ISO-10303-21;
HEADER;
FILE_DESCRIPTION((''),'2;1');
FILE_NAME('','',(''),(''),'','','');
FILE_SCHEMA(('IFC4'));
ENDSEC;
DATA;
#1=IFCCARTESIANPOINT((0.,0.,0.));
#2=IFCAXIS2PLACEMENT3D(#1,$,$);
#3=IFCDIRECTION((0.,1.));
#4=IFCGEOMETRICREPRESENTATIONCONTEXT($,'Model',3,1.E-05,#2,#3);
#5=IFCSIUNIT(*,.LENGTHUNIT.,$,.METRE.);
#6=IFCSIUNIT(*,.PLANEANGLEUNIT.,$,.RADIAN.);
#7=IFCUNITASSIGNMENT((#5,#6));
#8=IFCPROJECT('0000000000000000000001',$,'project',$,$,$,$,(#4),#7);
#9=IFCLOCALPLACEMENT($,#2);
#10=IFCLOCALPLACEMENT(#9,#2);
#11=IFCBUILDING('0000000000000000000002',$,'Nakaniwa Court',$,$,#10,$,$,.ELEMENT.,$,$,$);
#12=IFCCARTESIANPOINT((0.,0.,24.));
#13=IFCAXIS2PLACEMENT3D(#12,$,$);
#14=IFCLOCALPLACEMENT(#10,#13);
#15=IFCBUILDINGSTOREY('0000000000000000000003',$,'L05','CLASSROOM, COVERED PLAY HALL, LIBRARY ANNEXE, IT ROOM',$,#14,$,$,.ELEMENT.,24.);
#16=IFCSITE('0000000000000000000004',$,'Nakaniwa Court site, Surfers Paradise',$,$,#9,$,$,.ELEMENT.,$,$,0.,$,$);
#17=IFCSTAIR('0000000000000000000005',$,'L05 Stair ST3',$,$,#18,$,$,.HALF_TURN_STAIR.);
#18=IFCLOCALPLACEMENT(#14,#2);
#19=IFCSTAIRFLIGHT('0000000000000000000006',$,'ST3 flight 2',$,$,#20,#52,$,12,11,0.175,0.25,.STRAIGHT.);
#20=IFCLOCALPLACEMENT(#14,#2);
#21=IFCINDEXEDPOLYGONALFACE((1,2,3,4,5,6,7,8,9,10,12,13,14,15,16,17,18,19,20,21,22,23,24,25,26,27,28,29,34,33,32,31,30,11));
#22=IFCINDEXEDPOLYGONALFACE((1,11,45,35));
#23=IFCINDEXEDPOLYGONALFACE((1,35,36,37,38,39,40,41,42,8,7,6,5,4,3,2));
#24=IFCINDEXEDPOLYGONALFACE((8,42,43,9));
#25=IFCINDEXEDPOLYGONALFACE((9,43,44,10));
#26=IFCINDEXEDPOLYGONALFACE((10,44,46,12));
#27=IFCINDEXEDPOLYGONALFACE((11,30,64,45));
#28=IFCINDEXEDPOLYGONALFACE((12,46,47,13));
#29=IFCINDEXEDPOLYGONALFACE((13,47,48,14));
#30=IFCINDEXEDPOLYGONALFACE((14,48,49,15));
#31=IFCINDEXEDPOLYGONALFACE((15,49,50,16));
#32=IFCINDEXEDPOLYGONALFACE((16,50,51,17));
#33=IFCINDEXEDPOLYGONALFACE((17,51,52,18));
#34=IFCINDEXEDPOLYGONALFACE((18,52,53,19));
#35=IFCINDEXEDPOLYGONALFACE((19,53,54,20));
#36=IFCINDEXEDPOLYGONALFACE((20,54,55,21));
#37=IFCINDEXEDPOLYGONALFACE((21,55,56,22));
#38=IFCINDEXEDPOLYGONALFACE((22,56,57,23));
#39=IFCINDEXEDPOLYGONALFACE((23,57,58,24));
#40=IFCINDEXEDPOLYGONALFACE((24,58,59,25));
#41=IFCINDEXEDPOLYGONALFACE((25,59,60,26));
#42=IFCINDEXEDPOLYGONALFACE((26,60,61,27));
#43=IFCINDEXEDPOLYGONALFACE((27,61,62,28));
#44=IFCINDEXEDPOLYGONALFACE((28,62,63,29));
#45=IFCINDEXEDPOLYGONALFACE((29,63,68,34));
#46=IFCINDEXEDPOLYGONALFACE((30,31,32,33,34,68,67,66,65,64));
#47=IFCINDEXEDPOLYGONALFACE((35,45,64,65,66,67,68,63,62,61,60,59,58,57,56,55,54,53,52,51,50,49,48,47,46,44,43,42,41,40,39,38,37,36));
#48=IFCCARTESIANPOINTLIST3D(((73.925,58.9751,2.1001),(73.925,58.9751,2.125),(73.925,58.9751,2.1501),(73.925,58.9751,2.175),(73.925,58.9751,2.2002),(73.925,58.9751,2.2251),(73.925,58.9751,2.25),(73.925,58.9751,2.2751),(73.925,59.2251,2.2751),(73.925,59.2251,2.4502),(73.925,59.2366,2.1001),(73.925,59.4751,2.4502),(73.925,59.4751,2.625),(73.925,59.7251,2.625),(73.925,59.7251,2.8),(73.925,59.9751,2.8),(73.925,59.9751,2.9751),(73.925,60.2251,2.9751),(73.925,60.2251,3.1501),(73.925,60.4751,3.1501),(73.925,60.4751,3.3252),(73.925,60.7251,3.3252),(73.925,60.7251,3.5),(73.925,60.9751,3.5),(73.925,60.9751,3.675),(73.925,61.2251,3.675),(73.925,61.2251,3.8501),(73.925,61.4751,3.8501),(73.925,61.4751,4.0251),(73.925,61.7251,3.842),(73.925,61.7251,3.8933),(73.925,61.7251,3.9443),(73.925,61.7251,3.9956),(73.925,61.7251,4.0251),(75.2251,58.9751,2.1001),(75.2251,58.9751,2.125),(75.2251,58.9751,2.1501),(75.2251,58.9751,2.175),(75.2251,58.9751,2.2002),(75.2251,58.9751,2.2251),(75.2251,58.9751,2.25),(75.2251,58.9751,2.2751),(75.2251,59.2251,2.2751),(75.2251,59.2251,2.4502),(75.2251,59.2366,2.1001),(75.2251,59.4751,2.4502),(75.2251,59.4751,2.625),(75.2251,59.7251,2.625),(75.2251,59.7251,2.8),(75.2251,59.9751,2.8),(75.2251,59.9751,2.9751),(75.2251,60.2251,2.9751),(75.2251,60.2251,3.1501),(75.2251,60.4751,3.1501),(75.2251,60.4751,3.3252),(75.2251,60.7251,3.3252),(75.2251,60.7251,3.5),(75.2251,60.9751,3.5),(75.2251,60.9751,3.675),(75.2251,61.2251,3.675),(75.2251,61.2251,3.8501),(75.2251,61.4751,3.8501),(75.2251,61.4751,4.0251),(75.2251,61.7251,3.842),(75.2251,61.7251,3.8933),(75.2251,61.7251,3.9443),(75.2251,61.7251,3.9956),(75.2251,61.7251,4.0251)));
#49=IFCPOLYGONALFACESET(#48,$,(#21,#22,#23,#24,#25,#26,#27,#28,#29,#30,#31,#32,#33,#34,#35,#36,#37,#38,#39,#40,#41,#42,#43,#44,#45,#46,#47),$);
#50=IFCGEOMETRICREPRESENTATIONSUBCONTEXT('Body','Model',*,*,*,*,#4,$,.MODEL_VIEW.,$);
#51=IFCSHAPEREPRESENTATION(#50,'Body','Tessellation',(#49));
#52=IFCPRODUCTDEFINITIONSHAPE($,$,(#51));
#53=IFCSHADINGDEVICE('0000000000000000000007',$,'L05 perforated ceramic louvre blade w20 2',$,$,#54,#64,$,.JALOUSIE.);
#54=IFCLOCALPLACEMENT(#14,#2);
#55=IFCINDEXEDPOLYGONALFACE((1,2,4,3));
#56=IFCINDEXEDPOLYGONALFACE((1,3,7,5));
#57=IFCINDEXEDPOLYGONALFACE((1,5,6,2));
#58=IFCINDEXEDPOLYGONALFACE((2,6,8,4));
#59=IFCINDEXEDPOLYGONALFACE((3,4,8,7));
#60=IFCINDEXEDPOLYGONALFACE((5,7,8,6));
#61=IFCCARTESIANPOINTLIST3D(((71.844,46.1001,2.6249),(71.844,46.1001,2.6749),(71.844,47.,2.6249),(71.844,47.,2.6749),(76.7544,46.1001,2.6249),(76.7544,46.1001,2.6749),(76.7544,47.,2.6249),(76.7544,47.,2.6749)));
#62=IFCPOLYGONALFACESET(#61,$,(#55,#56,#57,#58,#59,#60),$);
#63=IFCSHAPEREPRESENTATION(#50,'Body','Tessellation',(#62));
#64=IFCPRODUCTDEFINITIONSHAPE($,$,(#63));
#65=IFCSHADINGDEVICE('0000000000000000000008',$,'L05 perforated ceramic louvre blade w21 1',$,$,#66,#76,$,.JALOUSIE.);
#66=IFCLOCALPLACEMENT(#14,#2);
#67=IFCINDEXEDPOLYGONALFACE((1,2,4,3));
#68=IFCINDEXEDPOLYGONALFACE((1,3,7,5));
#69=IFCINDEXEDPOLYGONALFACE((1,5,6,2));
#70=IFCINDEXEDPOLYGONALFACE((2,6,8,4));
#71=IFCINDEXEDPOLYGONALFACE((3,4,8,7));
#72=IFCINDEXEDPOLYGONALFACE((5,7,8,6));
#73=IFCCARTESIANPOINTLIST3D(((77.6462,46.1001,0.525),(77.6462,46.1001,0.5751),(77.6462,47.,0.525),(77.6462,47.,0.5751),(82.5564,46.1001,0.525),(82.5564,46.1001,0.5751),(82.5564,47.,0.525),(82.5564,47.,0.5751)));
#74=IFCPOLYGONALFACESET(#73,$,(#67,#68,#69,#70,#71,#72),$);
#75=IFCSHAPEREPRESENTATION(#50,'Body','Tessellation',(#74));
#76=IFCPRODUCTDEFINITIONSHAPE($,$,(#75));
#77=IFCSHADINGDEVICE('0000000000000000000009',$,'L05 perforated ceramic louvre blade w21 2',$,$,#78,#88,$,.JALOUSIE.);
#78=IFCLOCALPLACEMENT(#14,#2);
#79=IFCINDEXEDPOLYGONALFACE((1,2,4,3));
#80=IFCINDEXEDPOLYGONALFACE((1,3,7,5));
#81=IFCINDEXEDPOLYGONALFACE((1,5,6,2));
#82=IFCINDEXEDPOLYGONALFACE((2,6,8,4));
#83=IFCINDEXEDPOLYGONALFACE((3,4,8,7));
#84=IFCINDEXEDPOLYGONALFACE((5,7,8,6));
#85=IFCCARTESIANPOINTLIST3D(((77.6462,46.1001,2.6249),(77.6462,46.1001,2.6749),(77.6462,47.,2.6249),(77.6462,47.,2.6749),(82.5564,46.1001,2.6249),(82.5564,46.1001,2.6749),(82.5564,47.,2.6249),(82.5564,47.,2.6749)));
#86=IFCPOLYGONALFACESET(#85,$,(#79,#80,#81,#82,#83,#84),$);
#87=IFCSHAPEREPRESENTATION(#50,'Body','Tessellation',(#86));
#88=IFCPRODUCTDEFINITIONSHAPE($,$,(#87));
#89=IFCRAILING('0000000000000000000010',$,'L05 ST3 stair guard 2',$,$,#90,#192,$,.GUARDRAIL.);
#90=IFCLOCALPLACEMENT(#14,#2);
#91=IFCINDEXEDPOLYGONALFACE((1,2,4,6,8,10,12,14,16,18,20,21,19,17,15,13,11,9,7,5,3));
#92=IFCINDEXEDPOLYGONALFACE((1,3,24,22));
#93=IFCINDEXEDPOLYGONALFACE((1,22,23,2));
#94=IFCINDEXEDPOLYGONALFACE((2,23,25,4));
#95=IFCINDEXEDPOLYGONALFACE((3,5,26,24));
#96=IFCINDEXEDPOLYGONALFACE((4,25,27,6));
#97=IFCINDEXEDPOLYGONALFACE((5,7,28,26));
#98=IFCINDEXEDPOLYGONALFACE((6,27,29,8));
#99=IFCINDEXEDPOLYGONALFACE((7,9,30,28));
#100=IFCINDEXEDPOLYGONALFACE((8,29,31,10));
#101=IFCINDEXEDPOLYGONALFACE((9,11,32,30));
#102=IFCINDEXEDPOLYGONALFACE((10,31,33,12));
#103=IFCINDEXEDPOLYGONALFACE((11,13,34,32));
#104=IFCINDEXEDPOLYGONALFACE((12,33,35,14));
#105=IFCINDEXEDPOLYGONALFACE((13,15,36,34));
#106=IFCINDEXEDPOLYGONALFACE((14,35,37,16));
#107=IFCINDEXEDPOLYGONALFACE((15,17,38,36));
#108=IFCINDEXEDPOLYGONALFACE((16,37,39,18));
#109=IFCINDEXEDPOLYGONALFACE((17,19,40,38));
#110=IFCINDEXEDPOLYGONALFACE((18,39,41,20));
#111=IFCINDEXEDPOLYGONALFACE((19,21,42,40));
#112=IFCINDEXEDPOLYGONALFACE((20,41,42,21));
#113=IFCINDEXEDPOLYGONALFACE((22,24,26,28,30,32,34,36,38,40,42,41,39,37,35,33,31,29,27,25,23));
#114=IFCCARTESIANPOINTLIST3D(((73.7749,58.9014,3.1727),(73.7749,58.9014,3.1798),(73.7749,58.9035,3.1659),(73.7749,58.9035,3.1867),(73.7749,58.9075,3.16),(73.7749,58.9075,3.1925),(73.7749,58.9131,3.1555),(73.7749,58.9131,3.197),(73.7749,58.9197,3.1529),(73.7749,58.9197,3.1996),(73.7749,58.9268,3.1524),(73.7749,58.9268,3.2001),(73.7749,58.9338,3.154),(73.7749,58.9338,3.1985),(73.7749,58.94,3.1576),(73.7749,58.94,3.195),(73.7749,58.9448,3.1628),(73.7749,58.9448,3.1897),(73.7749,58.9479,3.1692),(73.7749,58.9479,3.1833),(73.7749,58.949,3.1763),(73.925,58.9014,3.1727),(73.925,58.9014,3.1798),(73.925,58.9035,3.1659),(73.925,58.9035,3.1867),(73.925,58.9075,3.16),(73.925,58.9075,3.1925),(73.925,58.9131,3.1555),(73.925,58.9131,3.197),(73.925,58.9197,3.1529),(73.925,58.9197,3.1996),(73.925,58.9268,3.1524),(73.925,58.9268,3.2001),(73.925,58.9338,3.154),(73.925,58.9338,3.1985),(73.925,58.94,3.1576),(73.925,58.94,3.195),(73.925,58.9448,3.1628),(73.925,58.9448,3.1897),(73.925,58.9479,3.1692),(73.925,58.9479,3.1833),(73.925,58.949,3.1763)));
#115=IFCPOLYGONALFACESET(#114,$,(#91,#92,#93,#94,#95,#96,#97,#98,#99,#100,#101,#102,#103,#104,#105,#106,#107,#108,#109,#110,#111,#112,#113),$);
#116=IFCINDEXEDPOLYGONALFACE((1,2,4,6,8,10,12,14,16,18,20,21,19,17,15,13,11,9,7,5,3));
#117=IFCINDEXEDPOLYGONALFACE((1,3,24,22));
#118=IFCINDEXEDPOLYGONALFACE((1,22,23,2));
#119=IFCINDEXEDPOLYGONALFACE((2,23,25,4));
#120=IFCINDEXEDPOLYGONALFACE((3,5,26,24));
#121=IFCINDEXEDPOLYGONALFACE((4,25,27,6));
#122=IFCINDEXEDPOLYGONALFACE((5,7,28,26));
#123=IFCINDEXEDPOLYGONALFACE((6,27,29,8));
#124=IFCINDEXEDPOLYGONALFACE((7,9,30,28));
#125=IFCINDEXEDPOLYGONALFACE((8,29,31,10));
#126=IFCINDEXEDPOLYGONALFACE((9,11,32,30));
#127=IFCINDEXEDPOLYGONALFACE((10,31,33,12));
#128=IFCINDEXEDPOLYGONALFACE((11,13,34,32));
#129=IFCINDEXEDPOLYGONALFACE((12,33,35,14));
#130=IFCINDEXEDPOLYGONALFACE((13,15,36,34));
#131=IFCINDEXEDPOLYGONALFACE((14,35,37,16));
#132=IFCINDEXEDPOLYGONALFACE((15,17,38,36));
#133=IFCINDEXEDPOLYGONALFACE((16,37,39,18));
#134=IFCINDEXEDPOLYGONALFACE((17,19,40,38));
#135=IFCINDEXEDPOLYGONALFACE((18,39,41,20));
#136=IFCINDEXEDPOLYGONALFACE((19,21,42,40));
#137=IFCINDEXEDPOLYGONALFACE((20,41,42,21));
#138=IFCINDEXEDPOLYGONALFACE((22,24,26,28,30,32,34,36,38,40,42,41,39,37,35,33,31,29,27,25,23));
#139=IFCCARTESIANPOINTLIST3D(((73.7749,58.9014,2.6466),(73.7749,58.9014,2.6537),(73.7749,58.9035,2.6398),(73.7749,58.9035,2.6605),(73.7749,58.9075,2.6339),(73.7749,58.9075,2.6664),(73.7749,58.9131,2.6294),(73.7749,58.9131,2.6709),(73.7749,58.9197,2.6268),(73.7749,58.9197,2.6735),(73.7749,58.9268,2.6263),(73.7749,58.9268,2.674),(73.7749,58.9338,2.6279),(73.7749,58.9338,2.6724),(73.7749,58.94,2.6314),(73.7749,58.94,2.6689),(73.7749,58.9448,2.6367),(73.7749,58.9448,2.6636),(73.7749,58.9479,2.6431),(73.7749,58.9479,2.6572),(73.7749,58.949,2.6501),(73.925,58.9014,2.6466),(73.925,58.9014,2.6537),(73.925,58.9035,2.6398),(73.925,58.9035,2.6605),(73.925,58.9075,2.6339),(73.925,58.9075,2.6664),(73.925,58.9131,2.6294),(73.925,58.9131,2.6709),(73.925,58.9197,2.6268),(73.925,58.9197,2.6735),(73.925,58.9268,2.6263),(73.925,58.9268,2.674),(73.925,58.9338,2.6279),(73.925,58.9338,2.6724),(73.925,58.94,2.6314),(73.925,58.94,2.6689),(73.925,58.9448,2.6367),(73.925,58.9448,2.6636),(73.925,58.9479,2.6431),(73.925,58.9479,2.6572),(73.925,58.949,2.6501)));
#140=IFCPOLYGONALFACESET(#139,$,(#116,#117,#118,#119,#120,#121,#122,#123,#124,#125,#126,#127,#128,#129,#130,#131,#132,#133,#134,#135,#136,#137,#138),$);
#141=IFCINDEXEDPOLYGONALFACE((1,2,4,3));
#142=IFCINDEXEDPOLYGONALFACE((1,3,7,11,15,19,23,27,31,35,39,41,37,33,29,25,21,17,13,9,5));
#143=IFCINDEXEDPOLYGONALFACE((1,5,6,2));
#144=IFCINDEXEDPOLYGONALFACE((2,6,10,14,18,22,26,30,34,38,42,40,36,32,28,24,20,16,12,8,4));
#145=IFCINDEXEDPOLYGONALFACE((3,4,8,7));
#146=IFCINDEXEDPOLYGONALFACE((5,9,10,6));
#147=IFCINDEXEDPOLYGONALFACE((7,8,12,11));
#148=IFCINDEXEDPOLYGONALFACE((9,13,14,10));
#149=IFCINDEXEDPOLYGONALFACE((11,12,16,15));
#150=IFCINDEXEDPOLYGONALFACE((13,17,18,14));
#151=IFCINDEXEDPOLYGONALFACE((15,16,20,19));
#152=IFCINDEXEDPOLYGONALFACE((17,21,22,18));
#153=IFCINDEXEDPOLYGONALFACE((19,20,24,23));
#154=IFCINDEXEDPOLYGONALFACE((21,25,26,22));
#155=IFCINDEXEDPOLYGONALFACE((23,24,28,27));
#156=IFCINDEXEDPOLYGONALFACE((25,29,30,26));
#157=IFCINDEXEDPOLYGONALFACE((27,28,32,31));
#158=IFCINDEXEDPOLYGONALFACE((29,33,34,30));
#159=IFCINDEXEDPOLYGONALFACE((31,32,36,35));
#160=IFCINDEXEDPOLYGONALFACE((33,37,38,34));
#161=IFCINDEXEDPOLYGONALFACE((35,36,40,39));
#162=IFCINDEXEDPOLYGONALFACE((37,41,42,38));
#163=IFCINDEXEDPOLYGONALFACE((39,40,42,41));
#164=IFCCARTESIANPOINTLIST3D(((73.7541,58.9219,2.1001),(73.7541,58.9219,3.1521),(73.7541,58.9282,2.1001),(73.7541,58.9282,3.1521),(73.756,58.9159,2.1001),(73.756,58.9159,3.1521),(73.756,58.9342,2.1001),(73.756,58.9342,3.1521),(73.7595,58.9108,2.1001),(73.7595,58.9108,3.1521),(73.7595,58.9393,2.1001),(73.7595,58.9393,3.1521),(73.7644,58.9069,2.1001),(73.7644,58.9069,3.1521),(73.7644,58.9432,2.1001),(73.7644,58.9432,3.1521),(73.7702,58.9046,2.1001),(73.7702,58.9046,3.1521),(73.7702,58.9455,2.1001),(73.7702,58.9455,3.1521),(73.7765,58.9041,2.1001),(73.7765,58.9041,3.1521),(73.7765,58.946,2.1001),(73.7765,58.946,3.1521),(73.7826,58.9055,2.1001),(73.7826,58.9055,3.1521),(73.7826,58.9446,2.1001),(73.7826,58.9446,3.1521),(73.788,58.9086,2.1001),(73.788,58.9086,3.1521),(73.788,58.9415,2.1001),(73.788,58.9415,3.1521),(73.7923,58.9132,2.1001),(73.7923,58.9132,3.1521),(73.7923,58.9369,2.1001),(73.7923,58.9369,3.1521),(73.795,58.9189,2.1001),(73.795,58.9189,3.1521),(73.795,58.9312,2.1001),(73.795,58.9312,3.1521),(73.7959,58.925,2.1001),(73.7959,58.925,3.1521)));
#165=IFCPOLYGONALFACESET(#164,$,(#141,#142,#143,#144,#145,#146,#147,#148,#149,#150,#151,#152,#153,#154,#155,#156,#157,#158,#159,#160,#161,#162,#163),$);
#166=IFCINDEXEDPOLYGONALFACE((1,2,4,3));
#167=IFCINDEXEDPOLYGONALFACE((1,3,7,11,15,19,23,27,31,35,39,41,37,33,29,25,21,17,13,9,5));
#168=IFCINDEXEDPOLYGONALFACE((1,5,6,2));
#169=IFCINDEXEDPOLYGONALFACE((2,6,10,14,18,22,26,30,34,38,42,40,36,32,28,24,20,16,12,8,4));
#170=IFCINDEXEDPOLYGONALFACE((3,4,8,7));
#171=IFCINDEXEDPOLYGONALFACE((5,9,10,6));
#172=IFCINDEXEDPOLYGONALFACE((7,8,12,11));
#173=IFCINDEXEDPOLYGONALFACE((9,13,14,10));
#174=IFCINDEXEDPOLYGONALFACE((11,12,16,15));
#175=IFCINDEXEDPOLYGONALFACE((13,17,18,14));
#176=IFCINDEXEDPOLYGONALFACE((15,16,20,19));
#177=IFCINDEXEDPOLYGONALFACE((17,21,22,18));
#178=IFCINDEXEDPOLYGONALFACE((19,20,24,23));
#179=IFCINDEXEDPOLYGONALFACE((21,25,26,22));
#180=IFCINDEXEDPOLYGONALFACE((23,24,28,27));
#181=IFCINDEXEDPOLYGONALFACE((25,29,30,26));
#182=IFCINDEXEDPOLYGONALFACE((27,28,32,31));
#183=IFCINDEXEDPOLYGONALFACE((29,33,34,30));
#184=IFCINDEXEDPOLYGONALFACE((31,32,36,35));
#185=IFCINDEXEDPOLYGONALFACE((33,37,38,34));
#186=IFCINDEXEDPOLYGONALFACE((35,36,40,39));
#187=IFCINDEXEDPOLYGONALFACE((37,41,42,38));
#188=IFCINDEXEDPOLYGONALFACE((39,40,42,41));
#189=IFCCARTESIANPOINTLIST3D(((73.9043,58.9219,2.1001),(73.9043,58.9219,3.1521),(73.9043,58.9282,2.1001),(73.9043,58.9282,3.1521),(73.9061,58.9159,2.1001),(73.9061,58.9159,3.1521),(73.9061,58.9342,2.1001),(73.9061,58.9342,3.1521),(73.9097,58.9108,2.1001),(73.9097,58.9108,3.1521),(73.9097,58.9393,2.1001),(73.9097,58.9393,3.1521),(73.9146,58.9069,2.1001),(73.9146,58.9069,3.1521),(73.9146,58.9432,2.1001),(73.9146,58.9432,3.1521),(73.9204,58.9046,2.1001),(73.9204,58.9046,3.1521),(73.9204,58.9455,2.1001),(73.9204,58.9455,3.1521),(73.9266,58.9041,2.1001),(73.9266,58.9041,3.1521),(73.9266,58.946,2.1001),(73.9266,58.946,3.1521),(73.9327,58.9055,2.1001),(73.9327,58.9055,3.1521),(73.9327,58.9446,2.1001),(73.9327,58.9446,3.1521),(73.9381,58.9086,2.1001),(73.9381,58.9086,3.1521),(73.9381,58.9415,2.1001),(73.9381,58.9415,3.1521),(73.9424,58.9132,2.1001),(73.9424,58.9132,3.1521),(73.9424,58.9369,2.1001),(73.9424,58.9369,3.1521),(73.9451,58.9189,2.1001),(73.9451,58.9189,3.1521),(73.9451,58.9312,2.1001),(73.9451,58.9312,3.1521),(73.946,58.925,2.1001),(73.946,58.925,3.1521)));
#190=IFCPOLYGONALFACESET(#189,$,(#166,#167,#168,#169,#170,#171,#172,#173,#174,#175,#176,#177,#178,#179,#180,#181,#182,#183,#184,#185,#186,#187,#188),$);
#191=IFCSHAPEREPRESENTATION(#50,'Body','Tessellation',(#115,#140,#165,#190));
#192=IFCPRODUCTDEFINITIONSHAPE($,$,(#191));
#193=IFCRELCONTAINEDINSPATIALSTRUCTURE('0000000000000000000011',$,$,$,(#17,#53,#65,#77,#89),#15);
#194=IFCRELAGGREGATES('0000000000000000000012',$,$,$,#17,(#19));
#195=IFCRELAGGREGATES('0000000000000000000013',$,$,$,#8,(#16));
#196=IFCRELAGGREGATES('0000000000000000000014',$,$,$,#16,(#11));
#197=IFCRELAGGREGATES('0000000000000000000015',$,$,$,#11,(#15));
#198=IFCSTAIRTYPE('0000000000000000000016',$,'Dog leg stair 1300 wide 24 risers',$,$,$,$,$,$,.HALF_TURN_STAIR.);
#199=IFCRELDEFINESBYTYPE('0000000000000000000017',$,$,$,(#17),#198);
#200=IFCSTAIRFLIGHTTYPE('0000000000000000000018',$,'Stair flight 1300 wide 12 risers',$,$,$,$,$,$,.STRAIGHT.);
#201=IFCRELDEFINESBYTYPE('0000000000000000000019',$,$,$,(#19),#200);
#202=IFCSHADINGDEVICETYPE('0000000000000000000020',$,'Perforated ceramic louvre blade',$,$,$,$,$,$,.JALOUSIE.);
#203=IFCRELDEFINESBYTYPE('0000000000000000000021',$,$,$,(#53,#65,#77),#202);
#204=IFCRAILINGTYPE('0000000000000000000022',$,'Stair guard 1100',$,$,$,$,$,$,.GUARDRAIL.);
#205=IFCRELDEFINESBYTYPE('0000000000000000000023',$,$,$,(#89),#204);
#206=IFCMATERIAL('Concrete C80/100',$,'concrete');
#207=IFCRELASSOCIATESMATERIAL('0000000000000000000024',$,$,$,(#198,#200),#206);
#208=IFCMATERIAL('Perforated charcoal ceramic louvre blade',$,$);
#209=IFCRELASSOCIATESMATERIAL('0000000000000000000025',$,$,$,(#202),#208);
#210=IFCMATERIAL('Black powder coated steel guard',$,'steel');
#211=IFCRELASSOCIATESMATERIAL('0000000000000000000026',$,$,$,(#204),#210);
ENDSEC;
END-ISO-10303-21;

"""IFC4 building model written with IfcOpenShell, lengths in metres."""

from ifc_helpers import new_model, si_unit, direction, frame, origin, origin_2d, place, context, subcontext, project, spatial, polyline, rectangle, circle, outline, extrude, material, material_profile, profile_set, type_object, element, aggregate, save


model = new_model("IFC4")

# Units and contexts
model_context = context("Model", 3, precision=1e-05, world=origin(), true_north=direction((0.0, 1.0)))
body_context = subcontext(model_context, "Body", "Model", "MODEL_VIEW")
ifc_project = project(units=[si_unit("LENGTHUNIT", "METRE"), si_unit("PLANEANGLEUNIT", "RADIAN")], contexts=[model_context])

# Site, building, storey
site_placement = place(None, origin())
site = spatial("IfcSite", under=ifc_project, at=site_placement, Name="Nakaniwa Court site, Surfers Paradise", CompositionType="ELEMENT", RefElevation=0.0)
building_placement = place(site_placement, origin())
building = spatial("IfcBuilding", under=site, at=building_placement, Name="Nakaniwa Court", CompositionType="ELEMENT")
storey_placement = place(building_placement, frame((0.0, 0.0, 24.0)))
storey = spatial("IfcBuildingStorey", under=building, at=storey_placement, Name="L05", Description="CLASSROOM, COVERED PLAY HALL, LIBRARY ANNEXE, IT ROOM", CompositionType="ELEMENT", Elevation=24.0)

# Shared definitions
ifc_material_1 = material(Name="Concrete C80/100", Category="concrete")

# Stair, stair flight
stair_type = type_object("IfcStairType", Name="Dog leg stair 1300 wide 24 risers", PredefinedType="HALF_TURN_STAIR", material=ifc_material_1)
stair_placement = place(storey_placement, origin())
stair = element("IfcStair", 1, at=stair_placement, inside=storey, type_object=stair_type, Name="L05 Stair ST3", PredefinedType="HALF_TURN_STAIR")
stair_flight_type = type_object("IfcStairFlightType", Name="Stair flight 1300 wide 12 risers", PredefinedType="STRAIGHT", material=ifc_material_1)
stair_flight_placement = place(storey_placement, frame((74.575, 58.9751, 2.1001), z_axis=(0.0, 0.0, 1.0), x_axis=(0.0, 1.0, 0.0)))
stair_flight = element("IfcStairFlight", 2, at=stair_flight_placement, type_object=stair_flight_type, Name="ST3 flight 2", NumberOfRisers=12, NumberOfTreads=11, PredefinedType="STRAIGHT", RiserHeight=0.175, TreadLength=0.25, context=body_context, shape_type="SweptSolid", body=[
    extrude(outline(polyline([(0.0, 0.0), (0.0, 0.0249), (0.0, 0.05), (0.0, 0.075), (0.0, 0.1001), (0.0, 0.125), (0.0, 0.1499), (0.0, 0.175), (0.25, 0.175), (0.25, 0.3501), (0.5, 0.3501), (0.5, 0.5249), (0.75, 0.5249), (0.75, 0.7), (1.0, 0.7), (1.0, 0.875), (1.25, 0.875), (1.25, 1.05), (1.5, 1.05), (1.5, 1.2251), (1.75, 1.2251), (1.75, 1.3999), (2.0, 1.3999), (2.0, 1.575), (2.25, 1.575), (2.25, 1.75), (2.5, 1.75), (2.5, 1.925), (2.75, 1.925), (2.75, 2.1001), (2.75, 2.0488), (2.75, 1.9978), (2.75, 1.9465), (2.75, 1.8955), (2.75, 1.8442), (2.75, 1.7932), (2.75, 1.7419), (0.2615, 0.0), (0.0, 0.0)])), frame((0.0, 0.6499, 0.0), z_axis=(0.0, -1.0, 0.0), x_axis=(1.0, 0.0, 0.0)), (0.0, 0.0, 1.0), 1.3),
])
aggregate(stair, [stair_flight])

# Shading devices
ifc_material_2 = material(Name="Perforated charcoal ceramic louvre blade")
ifc_material_profile_1 = material_profile(ifc_material_2, rectangle(XDim=0.8999, YDim=0.05, at=origin_2d()), Name="Perforated ceramic louvre blade")
ifc_profile_set_1 = profile_set([ifc_material_profile_1], Name="Perforated charcoal ceramic louvre blade")
shading_device_type = type_object("IfcShadingDeviceType", Name="Perforated ceramic louvre blade", PredefinedType="JALOUSIE", material=ifc_profile_set_1)
shading_device_placement = place(storey_placement, frame((71.844, 46.55, 2.6499), z_axis=(1.0, 0.0, 0.0), x_axis=(0.0, 1.0, 0.0)))
element("IfcShadingDevice", 3, at=shading_device_placement, inside=storey, type_object=shading_device_type, Name="L05 perforated ceramic louvre blade w20 2", PredefinedType="JALOUSIE", context=body_context, shape_type="SweptSolid", body=[
    extrude(rectangle(XDim=0.8999, YDim=0.05, at=origin_2d()), origin(), (0.0, 0.0, 1.0), 4.9104),
])
for number, where, z_axis, x_axis, name in (
    (4, (77.6462, 46.55, 0.55), (1.0, 0.0, 0.0), (0.0, 1.0, 0.0), "L05 perforated ceramic louvre blade w21 1"),
    (5, (77.6462, 46.55, 2.6499), (1.0, 0.0, 0.0), (0.0, 1.0, 0.0), "L05 perforated ceramic louvre blade w21 2"),
):
    element("IfcShadingDevice", number, at=place(storey_placement, frame(where, z_axis=z_axis, x_axis=x_axis)), inside=storey, type_object=shading_device_type, Name=name, PredefinedType="JALOUSIE", context=body_context, shape_type="SweptSolid", body=[
        extrude(rectangle(XDim=0.8999, YDim=0.05, at=origin_2d()), origin(), (0.0, 0.0, 1.0), 4.9102),
    ])

# Railing
ifc_material_3 = material(Name="Black powder coated steel guard", Category="steel")
railing_type_1 = type_object("IfcRailingType", Name="Stair guard 1100", PredefinedType="GUARDRAIL", material=ifc_material_3)
railing_1_placement = place(storey_placement, frame((73.7749, 58.925, 2.1001)))
element("IfcRailing", 6, at=railing_1_placement, inside=storey, type_object=railing_type_1, Name="L05 ST3 stair guard 2", PredefinedType="GUARDRAIL", context=body_context, shape_type="SweptSolid", body=[
    extrude(circle(Radius=0.0239, at=origin_2d()), frame((0.0, 0.0, 1.0762), z_axis=(1.0, 0.0, 0.0), x_axis=(0.0, 1.0, 0.0)), (0.0, 0.0, 1.0), 0.1501),
    extrude(circle(Radius=0.0239, at=origin_2d()), frame((0.0, 0.0, 0.55), z_axis=(1.0, 0.0, 0.0), x_axis=(0.0, 1.0, 0.0)), (0.0, 0.0, 1.0), 0.1501),
    extrude(circle(Radius=0.021, at=origin_2d()), origin(), (0.0, 0.0, 1.0), 1.052),
    extrude(circle(Radius=0.021, at=origin_2d()), frame((0.1501, 0.0, 0.0)), (0.0, 0.0, 1.0), 1.052),
])

save(model, "model.ifc")
